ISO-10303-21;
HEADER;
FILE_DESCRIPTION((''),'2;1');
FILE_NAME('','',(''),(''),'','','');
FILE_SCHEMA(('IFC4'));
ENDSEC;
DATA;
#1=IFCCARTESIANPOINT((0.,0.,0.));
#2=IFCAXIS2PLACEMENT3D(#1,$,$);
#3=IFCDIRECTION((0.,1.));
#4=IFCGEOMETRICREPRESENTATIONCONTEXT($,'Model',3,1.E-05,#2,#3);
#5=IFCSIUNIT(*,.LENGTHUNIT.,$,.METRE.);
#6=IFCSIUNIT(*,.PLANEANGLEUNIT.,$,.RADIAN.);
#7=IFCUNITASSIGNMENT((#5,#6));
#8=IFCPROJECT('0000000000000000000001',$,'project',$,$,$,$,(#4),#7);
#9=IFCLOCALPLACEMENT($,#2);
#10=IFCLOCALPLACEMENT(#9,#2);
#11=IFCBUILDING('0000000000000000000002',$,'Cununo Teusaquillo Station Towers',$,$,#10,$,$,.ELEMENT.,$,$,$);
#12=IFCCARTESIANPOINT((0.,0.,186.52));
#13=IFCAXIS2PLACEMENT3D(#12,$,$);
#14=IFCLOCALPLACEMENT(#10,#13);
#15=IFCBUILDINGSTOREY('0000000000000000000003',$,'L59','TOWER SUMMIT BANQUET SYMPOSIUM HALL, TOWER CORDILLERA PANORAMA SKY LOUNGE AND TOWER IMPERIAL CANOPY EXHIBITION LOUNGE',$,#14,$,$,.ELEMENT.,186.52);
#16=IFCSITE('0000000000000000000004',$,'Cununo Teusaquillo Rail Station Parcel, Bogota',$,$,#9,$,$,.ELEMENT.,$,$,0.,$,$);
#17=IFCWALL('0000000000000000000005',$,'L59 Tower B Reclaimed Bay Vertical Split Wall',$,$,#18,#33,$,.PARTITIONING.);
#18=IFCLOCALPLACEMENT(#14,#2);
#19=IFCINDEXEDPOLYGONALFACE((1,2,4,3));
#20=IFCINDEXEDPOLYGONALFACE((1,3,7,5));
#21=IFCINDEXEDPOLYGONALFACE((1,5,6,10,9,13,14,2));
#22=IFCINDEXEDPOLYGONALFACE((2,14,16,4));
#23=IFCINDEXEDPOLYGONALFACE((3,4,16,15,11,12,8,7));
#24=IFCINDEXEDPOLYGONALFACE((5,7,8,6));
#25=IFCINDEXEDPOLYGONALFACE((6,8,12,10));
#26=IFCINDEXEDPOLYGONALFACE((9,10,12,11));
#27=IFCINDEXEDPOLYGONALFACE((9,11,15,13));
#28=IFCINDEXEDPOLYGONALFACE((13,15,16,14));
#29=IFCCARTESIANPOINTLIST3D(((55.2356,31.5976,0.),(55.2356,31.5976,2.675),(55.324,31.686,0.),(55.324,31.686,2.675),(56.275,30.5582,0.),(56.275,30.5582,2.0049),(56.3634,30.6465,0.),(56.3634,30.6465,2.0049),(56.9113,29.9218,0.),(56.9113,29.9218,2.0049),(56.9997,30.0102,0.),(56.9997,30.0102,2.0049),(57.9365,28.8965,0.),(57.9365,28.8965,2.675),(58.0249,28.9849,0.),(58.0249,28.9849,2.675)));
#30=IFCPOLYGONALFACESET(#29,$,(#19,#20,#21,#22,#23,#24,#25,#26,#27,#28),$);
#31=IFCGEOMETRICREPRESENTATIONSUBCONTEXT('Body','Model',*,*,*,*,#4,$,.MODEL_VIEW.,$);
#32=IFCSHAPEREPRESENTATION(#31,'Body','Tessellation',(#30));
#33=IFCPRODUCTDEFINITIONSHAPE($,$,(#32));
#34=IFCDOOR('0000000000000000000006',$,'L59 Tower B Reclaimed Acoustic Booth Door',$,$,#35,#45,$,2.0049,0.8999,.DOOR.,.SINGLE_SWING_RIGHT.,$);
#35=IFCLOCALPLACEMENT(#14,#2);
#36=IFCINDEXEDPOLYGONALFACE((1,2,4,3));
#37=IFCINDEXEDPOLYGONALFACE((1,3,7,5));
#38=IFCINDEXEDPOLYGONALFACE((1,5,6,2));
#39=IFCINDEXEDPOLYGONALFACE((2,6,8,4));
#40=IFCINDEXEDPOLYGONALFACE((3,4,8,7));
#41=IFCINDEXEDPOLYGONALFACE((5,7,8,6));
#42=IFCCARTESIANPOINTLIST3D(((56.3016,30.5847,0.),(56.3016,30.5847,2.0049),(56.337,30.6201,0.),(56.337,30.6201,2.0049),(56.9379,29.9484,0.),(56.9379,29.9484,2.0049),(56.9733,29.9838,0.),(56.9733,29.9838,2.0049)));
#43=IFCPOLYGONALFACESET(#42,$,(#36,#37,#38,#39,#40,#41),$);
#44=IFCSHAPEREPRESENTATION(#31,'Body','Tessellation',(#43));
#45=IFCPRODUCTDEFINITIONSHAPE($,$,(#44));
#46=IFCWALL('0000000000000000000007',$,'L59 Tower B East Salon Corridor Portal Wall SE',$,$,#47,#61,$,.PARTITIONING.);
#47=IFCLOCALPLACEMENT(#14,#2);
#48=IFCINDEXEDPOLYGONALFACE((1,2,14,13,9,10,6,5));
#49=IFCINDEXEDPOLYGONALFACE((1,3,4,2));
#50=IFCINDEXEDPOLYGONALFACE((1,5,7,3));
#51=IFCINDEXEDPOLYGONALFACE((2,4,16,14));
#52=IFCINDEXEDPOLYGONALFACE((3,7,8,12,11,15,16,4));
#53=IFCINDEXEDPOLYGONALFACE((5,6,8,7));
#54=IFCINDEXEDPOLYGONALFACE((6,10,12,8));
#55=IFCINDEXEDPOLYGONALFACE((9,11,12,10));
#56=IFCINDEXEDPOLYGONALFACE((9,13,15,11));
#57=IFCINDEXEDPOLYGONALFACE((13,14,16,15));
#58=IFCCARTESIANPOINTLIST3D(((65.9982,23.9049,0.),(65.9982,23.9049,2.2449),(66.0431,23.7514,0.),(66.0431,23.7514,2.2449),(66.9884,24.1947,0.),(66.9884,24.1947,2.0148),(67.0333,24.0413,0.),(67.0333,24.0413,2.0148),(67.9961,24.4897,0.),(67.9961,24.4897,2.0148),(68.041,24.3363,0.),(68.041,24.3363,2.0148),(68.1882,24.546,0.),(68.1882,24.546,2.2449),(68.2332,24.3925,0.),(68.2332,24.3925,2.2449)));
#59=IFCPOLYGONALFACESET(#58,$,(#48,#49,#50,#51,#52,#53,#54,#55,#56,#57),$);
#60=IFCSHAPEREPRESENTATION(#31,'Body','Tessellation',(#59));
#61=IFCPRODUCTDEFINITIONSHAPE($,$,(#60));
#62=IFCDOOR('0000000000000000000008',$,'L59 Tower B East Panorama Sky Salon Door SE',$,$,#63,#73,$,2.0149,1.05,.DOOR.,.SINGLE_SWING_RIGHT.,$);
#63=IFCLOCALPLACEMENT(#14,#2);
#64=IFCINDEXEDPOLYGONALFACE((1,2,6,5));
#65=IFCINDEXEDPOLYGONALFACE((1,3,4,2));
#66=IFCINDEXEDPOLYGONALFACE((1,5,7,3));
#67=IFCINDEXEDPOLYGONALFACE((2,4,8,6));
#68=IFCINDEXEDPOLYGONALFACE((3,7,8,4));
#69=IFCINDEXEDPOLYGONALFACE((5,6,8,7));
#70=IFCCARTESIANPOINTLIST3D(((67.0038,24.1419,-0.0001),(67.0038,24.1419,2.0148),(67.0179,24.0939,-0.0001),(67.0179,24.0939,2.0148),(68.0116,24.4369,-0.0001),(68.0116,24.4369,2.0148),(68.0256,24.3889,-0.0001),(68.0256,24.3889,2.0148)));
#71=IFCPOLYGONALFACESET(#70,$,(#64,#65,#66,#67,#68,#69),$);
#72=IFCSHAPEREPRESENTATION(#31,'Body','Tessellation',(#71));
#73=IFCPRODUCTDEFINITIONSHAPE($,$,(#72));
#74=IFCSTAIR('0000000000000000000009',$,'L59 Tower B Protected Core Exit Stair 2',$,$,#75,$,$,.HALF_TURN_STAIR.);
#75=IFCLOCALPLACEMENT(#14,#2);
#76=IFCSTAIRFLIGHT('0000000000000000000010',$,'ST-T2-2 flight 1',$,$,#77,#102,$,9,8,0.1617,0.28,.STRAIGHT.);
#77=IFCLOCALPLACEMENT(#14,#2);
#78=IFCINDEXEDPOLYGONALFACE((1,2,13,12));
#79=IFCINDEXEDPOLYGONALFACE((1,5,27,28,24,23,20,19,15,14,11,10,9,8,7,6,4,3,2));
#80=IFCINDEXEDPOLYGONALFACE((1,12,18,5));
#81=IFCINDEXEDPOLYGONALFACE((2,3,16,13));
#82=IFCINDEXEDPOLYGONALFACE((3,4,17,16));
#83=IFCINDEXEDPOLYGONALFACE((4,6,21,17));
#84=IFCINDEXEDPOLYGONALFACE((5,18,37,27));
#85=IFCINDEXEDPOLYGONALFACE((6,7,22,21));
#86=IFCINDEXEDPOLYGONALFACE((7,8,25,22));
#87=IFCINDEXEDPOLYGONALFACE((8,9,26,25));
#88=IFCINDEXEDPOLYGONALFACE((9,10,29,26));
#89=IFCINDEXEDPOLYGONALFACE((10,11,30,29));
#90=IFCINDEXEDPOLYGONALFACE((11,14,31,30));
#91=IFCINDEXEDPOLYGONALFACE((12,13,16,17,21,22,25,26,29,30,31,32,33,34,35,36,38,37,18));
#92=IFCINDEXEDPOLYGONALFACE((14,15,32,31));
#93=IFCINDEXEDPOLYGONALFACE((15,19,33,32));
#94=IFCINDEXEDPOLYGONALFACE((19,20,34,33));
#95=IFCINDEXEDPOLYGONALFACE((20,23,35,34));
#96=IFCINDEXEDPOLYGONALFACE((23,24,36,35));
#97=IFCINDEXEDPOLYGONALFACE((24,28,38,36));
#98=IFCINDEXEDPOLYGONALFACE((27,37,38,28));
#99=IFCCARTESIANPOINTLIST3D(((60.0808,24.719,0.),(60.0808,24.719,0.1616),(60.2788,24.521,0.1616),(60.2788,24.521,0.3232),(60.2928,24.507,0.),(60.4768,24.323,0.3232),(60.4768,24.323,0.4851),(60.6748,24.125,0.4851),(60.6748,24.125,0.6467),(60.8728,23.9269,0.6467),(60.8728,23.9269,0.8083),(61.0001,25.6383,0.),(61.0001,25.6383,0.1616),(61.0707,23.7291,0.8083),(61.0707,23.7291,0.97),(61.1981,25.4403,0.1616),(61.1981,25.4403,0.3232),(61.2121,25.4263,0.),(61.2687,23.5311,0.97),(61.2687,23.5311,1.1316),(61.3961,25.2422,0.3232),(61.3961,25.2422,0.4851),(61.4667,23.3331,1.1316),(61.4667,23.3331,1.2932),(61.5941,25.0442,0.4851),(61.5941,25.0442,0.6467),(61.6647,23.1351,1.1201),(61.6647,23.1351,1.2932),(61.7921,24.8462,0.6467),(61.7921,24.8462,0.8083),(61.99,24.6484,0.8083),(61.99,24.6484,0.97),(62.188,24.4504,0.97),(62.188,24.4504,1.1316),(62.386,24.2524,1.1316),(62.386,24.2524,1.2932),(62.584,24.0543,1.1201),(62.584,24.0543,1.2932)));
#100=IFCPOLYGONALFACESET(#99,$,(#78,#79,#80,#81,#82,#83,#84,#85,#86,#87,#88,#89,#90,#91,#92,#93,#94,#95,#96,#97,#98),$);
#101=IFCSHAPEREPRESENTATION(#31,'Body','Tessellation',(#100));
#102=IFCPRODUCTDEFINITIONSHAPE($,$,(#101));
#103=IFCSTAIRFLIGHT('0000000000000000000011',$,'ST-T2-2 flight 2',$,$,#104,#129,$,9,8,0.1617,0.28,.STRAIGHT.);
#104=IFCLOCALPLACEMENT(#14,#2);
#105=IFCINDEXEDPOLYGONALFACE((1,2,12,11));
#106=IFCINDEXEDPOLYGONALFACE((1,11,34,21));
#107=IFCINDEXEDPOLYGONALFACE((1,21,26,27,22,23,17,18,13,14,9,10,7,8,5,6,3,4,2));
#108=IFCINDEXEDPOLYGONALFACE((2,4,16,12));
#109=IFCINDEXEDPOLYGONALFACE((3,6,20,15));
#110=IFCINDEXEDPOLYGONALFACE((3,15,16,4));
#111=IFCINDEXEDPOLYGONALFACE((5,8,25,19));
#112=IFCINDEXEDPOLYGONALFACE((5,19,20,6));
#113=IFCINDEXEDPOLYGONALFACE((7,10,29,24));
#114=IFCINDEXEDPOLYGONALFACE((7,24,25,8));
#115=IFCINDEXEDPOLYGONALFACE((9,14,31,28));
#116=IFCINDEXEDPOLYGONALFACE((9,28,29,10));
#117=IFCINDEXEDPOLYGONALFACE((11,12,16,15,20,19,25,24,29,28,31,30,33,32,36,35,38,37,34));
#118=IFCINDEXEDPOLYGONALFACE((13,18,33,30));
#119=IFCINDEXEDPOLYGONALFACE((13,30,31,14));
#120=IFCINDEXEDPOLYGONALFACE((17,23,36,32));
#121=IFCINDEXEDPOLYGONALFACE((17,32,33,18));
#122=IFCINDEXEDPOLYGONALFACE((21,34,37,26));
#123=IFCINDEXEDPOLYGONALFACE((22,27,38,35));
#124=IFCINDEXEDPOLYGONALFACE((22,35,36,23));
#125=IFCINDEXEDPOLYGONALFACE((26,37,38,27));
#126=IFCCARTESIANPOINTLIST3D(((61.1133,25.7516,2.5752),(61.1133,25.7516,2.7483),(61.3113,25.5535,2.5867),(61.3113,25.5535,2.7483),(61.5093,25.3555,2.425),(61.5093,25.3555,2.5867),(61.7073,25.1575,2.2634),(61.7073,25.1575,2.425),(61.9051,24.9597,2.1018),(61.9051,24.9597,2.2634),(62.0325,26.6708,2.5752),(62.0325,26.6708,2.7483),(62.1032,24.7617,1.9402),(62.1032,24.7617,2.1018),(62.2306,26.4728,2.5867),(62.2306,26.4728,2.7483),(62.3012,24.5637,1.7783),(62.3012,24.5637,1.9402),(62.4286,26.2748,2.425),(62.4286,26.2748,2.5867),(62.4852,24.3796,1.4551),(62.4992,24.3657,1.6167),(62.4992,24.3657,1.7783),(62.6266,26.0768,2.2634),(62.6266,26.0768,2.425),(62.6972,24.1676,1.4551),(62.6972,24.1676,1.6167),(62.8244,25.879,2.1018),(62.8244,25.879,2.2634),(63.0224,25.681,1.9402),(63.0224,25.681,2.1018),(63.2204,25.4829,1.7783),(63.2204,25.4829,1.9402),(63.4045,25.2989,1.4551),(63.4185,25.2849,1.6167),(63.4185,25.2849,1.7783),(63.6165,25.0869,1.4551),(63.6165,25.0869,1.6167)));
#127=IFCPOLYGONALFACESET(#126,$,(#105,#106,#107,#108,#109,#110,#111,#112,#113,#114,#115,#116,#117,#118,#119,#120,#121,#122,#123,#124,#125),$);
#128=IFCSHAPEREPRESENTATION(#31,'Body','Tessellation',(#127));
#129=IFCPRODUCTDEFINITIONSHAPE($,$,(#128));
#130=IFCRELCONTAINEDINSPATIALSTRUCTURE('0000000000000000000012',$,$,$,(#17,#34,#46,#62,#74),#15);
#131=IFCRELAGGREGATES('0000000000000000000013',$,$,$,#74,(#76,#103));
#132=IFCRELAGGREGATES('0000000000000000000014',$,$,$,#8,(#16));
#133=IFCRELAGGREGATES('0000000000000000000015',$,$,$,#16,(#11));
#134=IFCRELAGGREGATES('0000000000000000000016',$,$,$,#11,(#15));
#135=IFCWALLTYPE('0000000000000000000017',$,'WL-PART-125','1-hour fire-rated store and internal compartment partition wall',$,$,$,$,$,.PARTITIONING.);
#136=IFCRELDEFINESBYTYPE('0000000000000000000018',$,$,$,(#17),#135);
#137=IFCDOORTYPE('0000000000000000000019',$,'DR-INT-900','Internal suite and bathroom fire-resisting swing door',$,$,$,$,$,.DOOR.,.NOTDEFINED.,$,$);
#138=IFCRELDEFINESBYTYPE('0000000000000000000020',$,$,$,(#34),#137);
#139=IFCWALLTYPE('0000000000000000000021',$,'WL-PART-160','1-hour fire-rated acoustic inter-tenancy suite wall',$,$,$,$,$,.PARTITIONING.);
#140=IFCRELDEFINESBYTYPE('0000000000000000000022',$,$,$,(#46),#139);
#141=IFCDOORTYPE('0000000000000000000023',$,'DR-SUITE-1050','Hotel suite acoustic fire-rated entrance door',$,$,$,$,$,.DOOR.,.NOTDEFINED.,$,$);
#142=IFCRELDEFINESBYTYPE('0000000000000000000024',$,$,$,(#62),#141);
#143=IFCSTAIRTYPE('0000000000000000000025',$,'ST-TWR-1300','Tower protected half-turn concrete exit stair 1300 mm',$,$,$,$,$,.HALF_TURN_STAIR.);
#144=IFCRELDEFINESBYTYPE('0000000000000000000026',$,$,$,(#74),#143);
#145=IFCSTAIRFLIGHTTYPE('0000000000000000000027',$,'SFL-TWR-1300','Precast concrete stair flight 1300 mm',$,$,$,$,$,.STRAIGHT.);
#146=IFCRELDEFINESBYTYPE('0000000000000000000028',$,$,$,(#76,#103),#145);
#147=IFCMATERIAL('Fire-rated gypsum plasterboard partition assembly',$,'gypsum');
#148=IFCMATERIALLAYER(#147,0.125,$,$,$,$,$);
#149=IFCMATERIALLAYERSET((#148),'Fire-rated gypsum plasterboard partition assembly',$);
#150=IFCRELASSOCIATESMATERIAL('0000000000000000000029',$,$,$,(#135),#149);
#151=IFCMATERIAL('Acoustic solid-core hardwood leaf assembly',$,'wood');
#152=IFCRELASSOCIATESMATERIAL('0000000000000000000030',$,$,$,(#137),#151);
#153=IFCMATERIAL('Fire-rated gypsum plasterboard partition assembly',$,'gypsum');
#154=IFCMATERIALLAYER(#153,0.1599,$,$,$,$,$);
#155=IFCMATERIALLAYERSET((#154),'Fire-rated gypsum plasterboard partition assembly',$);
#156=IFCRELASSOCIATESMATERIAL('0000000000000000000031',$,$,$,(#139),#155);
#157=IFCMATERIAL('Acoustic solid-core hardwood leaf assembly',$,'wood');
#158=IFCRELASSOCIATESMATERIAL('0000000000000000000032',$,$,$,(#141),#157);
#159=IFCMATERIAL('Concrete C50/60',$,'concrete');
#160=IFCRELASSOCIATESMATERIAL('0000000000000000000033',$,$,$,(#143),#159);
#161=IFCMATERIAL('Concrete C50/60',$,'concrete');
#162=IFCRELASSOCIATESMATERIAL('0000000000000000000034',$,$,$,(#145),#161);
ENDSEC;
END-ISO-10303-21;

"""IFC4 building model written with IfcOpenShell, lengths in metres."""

from ifc_helpers import new_model, si_unit, direction, frame, frame_2d, origin, place, context, subcontext, project, spatial, polyline, rectangle, outline, extrude, source, transform, mapped, material, layer, layer_set, type_object, element, fill, aggregate, save


model = new_model("IFC4")

# Units and contexts
model_context = context("Model", 3, precision=1e-05, world=origin(), true_north=direction((0.0, 1.0)))
body_context = subcontext(model_context, "Body", "Model", "MODEL_VIEW")
ifc_project = project(units=[si_unit("LENGTHUNIT", "METRE"), si_unit("PLANEANGLEUNIT", "RADIAN")], contexts=[model_context])

# Site, building, storey
site_placement = place(None, origin())
site = spatial("IfcSite", under=ifc_project, at=site_placement, Name="Cununo Teusaquillo Rail Station Parcel, Bogota", CompositionType="ELEMENT", RefElevation=0.0)
building_placement = place(site_placement, origin())
building = spatial("IfcBuilding", under=site, at=building_placement, Name="Cununo Teusaquillo Station Towers", CompositionType="ELEMENT")
storey_placement = place(building_placement, frame((0.0, 0.0, 186.52)))
storey = spatial("IfcBuildingStorey", under=building, at=storey_placement, Name="L59", Description="TOWER SUMMIT BANQUET SYMPOSIUM HALL, TOWER CORDILLERA PANORAMA SKY LOUNGE AND TOWER IMPERIAL CANOPY EXHIBITION LOUNGE", CompositionType="ELEMENT", Elevation=186.52)

# Walls, openings, doors
ifc_material_1 = material(Name="Fire-rated gypsum plasterboard partition assembly", Category="gypsum")
ifc_layer_1 = layer(ifc_material_1, 0.125)
ifc_layer_set_1 = layer_set([ifc_layer_1], Name="Fire-rated gypsum plasterboard partition assembly")
wall_type_1 = type_object("IfcWallType", Name="WL-PART-125", Description="1-hour fire-rated store and internal compartment partition wall", PredefinedType="PARTITIONING", material=ifc_layer_set_1)
wall_1_placement = place(storey_placement, frame((57.9807, 28.9407, 0.0), z_axis=(0.0, 0.0, 1.0), x_axis=(-0.707075, 0.707139, 0.0)))
wall_1 = element("IfcWall", 1, at=wall_1_placement, inside=storey, type_object=wall_type_1, Name="L59 Tower B Reclaimed Bay Vertical Split Wall", PredefinedType="PARTITIONING", context=body_context, shape_type="SweptSolid", body=[
    extrude(rectangle(XDim=3.8198, YDim=0.125, at=frame_2d((1.9099, 0.0))), origin(), (0.0, 0.0, 1.0), 2.675),
])
shared_shape_1 = source(origin(), body_context, "Body", "SweptSolid", [
    extrude(rectangle(XDim=0.8999, YDim=2.0049, at=frame_2d((0.45, 1.0024))), frame((0.0, 0.0725, 0.0), z_axis=(0.0, -1.0, 0.0), x_axis=(1.0, 0.0, 0.0)), (0.0, 0.0, 1.0), 0.145),
])
opening_1_placement = place(wall_1_placement, frame((1.45, 0.0, 0.0)))
opening_1 = element("IfcOpeningElement", 2, at=opening_1_placement, cuts=wall_1, PredefinedType="OPENING", context=body_context, shape_type="MappedRepresentation", body=[
    mapped(shared_shape_1, transform((0.0, 0.0, 0.0), x_axis=(1.0, 0.0, 0.0), y_axis=(0.0, 1.0, 0.0), z_axis=(0.0, 0.0, 1.0), scale=1.0)),
])
ifc_material_2 = material(Name="Acoustic solid-core hardwood leaf assembly", Category="wood")
door_type_1 = type_object("IfcDoorType", Name="DR-INT-900", Description="Internal suite and bathroom fire-resisting swing door", OperationType="NOTDEFINED", PredefinedType="DOOR", material=ifc_material_2)
shared_shape_2 = source(origin(), body_context, "Body", "SweptSolid", [
    extrude(rectangle(XDim=0.8999, YDim=2.0049, at=frame_2d((0.45, 1.0024))), frame((0.0, 0.0249, 0.0), z_axis=(0.0, -1.0, 0.0), x_axis=(1.0, 0.0, 0.0)), (0.0, 0.0, 1.0), 0.05),
])
door_1_placement = place(opening_1_placement, origin())
door_1 = element("IfcDoor", 3, at=door_1_placement, inside=storey, type_object=door_type_1, Name="L59 Tower B Reclaimed Acoustic Booth Door", OperationType="SINGLE_SWING_RIGHT", OverallHeight=2.0049, OverallWidth=0.8999, PredefinedType="DOOR", context=body_context, shape_type="MappedRepresentation", body=[
    mapped(shared_shape_2, transform((0.0, 0.0, 0.0), x_axis=(1.0, 0.0, 0.0), y_axis=(0.0, 1.0, 0.0), z_axis=(0.0, 0.0, 1.0), scale=1.0)),
])
fill(opening_1, door_1)
ifc_material_3 = material(Name="Fire-rated gypsum plasterboard partition assembly", Category="gypsum")
ifc_layer_2 = layer(ifc_material_3, 0.1599)
ifc_layer_set_2 = layer_set([ifc_layer_2], Name="Fire-rated gypsum plasterboard partition assembly")
wall_type_2 = type_object("IfcWallType", Name="WL-PART-160", Description="1-hour fire-rated acoustic inter-tenancy suite wall", PredefinedType="PARTITIONING", material=ifc_layer_set_2)
wall_2_placement = place(storey_placement, frame((66.0205, 23.8281, 0.0), z_axis=(0.0, 0.0, 1.0), x_axis=(0.959728, 0.280932, 0.0)))
wall_2 = element("IfcWall", 4, at=wall_2_placement, inside=storey, type_object=wall_type_2, Name="L59 Tower B East Salon Corridor Portal Wall SE", PredefinedType="PARTITIONING", context=body_context, shape_type="SweptSolid", body=[
    extrude(rectangle(XDim=2.282, YDim=0.1599, at=frame_2d((1.1411, 0.0))), origin(), (0.0, 0.0, 1.0), 2.2449),
])
shared_shape_3 = source(origin(), body_context, "Body", "SweptSolid", [
    extrude(rectangle(XDim=1.05, YDim=2.0149, at=frame_2d((0.5249, 1.0073))), frame((0.0, 0.0898, 0.0), z_axis=(0.0, -1.0, 0.0), x_axis=(1.0, 0.0, 0.0)), (0.0, 0.0, 1.0), 0.1799),
])
opening_2_placement = place(wall_2_placement, frame((1.032, 0.0, 0.0)))
opening_2 = element("IfcOpeningElement", 5, at=opening_2_placement, cuts=wall_2, PredefinedType="OPENING", context=body_context, shape_type="MappedRepresentation", body=[
    mapped(shared_shape_3, transform((0.0, 0.0, 0.0), x_axis=(1.0, 0.0, 0.0), y_axis=(0.0, 1.0, 0.0), z_axis=(0.0, 0.0, 1.0), scale=1.0)),
])
ifc_material_4 = material(Name="Acoustic solid-core hardwood leaf assembly", Category="wood")
door_type_2 = type_object("IfcDoorType", Name="DR-SUITE-1050", Description="Hotel suite acoustic fire-rated entrance door", OperationType="NOTDEFINED", PredefinedType="DOOR", material=ifc_material_4)
shared_shape_4 = source(origin(), body_context, "Body", "SweptSolid", [
    extrude(rectangle(XDim=1.05, YDim=2.0149, at=frame_2d((0.5249, 1.0073))), frame((0.0, 0.0249, 0.0), z_axis=(0.0, -1.0, 0.0), x_axis=(1.0, 0.0, 0.0)), (0.0, 0.0, 1.0), 0.05),
])
door_2_placement = place(opening_2_placement, origin())
door_2 = element("IfcDoor", 6, at=door_2_placement, inside=storey, type_object=door_type_2, Name="L59 Tower B East Panorama Sky Salon Door SE", OperationType="SINGLE_SWING_RIGHT", OverallHeight=2.0149, OverallWidth=1.05, PredefinedType="DOOR", context=body_context, shape_type="MappedRepresentation", body=[
    mapped(shared_shape_4, transform((0.0, 0.0, 0.0), x_axis=(1.0, 0.0, 0.0), y_axis=(0.0, 1.0, 0.0), z_axis=(0.0, 0.0, 1.0), scale=1.0)),
])
fill(opening_2, door_2)

# Stair, stair flights
ifc_material_5 = material(Name="Concrete C50/60", Category="concrete")
stair_type = type_object("IfcStairType", Name="ST-TWR-1300", Description="Tower protected half-turn concrete exit stair 1300 mm", PredefinedType="HALF_TURN_STAIR", material=ifc_material_5)
stair_placement = place(storey_placement, origin())
stair = element("IfcStair", 7, at=stair_placement, inside=storey, type_object=stair_type, Name="L59 Tower B Protected Core Exit Stair 2", PredefinedType="HALF_TURN_STAIR")
ifc_material_6 = material(Name="Concrete C50/60", Category="concrete")
stair_flight_type = type_object("IfcStairFlightType", Name="SFL-TWR-1300", Description="Precast concrete stair flight 1300 mm", PredefinedType="STRAIGHT", material=ifc_material_6)
stair_flight_1_placement = place(storey_placement, frame((60.5405, 25.1787, 0.0), z_axis=(0.0, 0.0, 1.0), x_axis=(0.707107, -0.707107, 0.0)))
stair_flight_1 = element("IfcStairFlight", 8, at=stair_flight_1_placement, type_object=stair_flight_type, Name="ST-T2-2 flight 1", NumberOfRisers=9, NumberOfTreads=8, PredefinedType="STRAIGHT", RiserHeight=0.1617, TreadLength=0.28, context=body_context, shape_type="SweptSolid", body=[
    extrude(outline(polyline([(0.0, 0.0), (0.0, 0.1616), (0.28, 0.1616), (0.28, 0.3232), (0.5601, 0.3232), (0.5601, 0.4851), (0.8401, 0.4851), (0.8401, 0.6467), (1.1201, 0.6467), (1.1201, 0.8083), (1.3999, 0.8083), (1.3999, 0.97), (1.6799, 0.97), (1.6799, 1.1316), (1.96, 1.1316), (1.96, 1.2932), (2.24, 1.2932), (2.24, 1.4551), (2.24, 1.1201), (0.2998, 0.0), (0.0, 0.0)])), frame((0.0, 0.6499, 0.0), z_axis=(0.0, -1.0, 0.0), x_axis=(1.0, 0.0, 0.0)), (0.0, 0.0, 1.0), 1.3),
])
stair_flight_2_placement = place(storey_placement, frame((63.1567, 24.6272, 1.4551), z_axis=(0.0, 0.0, 1.0), x_axis=(-0.707107, 0.707107, 0.0)))
stair_flight_2 = element("IfcStairFlight", 9, at=stair_flight_2_placement, type_object=stair_flight_type, Name="ST-T2-2 flight 2", NumberOfRisers=9, NumberOfTreads=8, PredefinedType="STRAIGHT", RiserHeight=0.1617, TreadLength=0.28, context=body_context, shape_type="SweptSolid", body=[
    extrude(outline(polyline([(0.0, 0.0), (0.0, 0.1616), (0.28, 0.1616), (0.28, 0.3232), (0.5601, 0.3232), (0.5601, 0.4851), (0.8401, 0.4851), (0.8401, 0.6467), (1.1201, 0.6467), (1.1201, 0.8083), (1.3999, 0.8083), (1.3999, 0.97), (1.6799, 0.97), (1.6799, 1.1316), (1.96, 1.1316), (1.96, 1.2932), (2.24, 1.2932), (2.24, 1.4551), (2.24, 1.1201), (0.2998, 0.0), (0.0, 0.0)])), frame((0.0, 0.6499, 0.0), z_axis=(0.0, -1.0, 0.0), x_axis=(1.0, 0.0, 0.0)), (0.0, 0.0, 1.0), 1.3),
])
aggregate(stair, [stair_flight_1, stair_flight_2])

save(model, "model.ifc")
